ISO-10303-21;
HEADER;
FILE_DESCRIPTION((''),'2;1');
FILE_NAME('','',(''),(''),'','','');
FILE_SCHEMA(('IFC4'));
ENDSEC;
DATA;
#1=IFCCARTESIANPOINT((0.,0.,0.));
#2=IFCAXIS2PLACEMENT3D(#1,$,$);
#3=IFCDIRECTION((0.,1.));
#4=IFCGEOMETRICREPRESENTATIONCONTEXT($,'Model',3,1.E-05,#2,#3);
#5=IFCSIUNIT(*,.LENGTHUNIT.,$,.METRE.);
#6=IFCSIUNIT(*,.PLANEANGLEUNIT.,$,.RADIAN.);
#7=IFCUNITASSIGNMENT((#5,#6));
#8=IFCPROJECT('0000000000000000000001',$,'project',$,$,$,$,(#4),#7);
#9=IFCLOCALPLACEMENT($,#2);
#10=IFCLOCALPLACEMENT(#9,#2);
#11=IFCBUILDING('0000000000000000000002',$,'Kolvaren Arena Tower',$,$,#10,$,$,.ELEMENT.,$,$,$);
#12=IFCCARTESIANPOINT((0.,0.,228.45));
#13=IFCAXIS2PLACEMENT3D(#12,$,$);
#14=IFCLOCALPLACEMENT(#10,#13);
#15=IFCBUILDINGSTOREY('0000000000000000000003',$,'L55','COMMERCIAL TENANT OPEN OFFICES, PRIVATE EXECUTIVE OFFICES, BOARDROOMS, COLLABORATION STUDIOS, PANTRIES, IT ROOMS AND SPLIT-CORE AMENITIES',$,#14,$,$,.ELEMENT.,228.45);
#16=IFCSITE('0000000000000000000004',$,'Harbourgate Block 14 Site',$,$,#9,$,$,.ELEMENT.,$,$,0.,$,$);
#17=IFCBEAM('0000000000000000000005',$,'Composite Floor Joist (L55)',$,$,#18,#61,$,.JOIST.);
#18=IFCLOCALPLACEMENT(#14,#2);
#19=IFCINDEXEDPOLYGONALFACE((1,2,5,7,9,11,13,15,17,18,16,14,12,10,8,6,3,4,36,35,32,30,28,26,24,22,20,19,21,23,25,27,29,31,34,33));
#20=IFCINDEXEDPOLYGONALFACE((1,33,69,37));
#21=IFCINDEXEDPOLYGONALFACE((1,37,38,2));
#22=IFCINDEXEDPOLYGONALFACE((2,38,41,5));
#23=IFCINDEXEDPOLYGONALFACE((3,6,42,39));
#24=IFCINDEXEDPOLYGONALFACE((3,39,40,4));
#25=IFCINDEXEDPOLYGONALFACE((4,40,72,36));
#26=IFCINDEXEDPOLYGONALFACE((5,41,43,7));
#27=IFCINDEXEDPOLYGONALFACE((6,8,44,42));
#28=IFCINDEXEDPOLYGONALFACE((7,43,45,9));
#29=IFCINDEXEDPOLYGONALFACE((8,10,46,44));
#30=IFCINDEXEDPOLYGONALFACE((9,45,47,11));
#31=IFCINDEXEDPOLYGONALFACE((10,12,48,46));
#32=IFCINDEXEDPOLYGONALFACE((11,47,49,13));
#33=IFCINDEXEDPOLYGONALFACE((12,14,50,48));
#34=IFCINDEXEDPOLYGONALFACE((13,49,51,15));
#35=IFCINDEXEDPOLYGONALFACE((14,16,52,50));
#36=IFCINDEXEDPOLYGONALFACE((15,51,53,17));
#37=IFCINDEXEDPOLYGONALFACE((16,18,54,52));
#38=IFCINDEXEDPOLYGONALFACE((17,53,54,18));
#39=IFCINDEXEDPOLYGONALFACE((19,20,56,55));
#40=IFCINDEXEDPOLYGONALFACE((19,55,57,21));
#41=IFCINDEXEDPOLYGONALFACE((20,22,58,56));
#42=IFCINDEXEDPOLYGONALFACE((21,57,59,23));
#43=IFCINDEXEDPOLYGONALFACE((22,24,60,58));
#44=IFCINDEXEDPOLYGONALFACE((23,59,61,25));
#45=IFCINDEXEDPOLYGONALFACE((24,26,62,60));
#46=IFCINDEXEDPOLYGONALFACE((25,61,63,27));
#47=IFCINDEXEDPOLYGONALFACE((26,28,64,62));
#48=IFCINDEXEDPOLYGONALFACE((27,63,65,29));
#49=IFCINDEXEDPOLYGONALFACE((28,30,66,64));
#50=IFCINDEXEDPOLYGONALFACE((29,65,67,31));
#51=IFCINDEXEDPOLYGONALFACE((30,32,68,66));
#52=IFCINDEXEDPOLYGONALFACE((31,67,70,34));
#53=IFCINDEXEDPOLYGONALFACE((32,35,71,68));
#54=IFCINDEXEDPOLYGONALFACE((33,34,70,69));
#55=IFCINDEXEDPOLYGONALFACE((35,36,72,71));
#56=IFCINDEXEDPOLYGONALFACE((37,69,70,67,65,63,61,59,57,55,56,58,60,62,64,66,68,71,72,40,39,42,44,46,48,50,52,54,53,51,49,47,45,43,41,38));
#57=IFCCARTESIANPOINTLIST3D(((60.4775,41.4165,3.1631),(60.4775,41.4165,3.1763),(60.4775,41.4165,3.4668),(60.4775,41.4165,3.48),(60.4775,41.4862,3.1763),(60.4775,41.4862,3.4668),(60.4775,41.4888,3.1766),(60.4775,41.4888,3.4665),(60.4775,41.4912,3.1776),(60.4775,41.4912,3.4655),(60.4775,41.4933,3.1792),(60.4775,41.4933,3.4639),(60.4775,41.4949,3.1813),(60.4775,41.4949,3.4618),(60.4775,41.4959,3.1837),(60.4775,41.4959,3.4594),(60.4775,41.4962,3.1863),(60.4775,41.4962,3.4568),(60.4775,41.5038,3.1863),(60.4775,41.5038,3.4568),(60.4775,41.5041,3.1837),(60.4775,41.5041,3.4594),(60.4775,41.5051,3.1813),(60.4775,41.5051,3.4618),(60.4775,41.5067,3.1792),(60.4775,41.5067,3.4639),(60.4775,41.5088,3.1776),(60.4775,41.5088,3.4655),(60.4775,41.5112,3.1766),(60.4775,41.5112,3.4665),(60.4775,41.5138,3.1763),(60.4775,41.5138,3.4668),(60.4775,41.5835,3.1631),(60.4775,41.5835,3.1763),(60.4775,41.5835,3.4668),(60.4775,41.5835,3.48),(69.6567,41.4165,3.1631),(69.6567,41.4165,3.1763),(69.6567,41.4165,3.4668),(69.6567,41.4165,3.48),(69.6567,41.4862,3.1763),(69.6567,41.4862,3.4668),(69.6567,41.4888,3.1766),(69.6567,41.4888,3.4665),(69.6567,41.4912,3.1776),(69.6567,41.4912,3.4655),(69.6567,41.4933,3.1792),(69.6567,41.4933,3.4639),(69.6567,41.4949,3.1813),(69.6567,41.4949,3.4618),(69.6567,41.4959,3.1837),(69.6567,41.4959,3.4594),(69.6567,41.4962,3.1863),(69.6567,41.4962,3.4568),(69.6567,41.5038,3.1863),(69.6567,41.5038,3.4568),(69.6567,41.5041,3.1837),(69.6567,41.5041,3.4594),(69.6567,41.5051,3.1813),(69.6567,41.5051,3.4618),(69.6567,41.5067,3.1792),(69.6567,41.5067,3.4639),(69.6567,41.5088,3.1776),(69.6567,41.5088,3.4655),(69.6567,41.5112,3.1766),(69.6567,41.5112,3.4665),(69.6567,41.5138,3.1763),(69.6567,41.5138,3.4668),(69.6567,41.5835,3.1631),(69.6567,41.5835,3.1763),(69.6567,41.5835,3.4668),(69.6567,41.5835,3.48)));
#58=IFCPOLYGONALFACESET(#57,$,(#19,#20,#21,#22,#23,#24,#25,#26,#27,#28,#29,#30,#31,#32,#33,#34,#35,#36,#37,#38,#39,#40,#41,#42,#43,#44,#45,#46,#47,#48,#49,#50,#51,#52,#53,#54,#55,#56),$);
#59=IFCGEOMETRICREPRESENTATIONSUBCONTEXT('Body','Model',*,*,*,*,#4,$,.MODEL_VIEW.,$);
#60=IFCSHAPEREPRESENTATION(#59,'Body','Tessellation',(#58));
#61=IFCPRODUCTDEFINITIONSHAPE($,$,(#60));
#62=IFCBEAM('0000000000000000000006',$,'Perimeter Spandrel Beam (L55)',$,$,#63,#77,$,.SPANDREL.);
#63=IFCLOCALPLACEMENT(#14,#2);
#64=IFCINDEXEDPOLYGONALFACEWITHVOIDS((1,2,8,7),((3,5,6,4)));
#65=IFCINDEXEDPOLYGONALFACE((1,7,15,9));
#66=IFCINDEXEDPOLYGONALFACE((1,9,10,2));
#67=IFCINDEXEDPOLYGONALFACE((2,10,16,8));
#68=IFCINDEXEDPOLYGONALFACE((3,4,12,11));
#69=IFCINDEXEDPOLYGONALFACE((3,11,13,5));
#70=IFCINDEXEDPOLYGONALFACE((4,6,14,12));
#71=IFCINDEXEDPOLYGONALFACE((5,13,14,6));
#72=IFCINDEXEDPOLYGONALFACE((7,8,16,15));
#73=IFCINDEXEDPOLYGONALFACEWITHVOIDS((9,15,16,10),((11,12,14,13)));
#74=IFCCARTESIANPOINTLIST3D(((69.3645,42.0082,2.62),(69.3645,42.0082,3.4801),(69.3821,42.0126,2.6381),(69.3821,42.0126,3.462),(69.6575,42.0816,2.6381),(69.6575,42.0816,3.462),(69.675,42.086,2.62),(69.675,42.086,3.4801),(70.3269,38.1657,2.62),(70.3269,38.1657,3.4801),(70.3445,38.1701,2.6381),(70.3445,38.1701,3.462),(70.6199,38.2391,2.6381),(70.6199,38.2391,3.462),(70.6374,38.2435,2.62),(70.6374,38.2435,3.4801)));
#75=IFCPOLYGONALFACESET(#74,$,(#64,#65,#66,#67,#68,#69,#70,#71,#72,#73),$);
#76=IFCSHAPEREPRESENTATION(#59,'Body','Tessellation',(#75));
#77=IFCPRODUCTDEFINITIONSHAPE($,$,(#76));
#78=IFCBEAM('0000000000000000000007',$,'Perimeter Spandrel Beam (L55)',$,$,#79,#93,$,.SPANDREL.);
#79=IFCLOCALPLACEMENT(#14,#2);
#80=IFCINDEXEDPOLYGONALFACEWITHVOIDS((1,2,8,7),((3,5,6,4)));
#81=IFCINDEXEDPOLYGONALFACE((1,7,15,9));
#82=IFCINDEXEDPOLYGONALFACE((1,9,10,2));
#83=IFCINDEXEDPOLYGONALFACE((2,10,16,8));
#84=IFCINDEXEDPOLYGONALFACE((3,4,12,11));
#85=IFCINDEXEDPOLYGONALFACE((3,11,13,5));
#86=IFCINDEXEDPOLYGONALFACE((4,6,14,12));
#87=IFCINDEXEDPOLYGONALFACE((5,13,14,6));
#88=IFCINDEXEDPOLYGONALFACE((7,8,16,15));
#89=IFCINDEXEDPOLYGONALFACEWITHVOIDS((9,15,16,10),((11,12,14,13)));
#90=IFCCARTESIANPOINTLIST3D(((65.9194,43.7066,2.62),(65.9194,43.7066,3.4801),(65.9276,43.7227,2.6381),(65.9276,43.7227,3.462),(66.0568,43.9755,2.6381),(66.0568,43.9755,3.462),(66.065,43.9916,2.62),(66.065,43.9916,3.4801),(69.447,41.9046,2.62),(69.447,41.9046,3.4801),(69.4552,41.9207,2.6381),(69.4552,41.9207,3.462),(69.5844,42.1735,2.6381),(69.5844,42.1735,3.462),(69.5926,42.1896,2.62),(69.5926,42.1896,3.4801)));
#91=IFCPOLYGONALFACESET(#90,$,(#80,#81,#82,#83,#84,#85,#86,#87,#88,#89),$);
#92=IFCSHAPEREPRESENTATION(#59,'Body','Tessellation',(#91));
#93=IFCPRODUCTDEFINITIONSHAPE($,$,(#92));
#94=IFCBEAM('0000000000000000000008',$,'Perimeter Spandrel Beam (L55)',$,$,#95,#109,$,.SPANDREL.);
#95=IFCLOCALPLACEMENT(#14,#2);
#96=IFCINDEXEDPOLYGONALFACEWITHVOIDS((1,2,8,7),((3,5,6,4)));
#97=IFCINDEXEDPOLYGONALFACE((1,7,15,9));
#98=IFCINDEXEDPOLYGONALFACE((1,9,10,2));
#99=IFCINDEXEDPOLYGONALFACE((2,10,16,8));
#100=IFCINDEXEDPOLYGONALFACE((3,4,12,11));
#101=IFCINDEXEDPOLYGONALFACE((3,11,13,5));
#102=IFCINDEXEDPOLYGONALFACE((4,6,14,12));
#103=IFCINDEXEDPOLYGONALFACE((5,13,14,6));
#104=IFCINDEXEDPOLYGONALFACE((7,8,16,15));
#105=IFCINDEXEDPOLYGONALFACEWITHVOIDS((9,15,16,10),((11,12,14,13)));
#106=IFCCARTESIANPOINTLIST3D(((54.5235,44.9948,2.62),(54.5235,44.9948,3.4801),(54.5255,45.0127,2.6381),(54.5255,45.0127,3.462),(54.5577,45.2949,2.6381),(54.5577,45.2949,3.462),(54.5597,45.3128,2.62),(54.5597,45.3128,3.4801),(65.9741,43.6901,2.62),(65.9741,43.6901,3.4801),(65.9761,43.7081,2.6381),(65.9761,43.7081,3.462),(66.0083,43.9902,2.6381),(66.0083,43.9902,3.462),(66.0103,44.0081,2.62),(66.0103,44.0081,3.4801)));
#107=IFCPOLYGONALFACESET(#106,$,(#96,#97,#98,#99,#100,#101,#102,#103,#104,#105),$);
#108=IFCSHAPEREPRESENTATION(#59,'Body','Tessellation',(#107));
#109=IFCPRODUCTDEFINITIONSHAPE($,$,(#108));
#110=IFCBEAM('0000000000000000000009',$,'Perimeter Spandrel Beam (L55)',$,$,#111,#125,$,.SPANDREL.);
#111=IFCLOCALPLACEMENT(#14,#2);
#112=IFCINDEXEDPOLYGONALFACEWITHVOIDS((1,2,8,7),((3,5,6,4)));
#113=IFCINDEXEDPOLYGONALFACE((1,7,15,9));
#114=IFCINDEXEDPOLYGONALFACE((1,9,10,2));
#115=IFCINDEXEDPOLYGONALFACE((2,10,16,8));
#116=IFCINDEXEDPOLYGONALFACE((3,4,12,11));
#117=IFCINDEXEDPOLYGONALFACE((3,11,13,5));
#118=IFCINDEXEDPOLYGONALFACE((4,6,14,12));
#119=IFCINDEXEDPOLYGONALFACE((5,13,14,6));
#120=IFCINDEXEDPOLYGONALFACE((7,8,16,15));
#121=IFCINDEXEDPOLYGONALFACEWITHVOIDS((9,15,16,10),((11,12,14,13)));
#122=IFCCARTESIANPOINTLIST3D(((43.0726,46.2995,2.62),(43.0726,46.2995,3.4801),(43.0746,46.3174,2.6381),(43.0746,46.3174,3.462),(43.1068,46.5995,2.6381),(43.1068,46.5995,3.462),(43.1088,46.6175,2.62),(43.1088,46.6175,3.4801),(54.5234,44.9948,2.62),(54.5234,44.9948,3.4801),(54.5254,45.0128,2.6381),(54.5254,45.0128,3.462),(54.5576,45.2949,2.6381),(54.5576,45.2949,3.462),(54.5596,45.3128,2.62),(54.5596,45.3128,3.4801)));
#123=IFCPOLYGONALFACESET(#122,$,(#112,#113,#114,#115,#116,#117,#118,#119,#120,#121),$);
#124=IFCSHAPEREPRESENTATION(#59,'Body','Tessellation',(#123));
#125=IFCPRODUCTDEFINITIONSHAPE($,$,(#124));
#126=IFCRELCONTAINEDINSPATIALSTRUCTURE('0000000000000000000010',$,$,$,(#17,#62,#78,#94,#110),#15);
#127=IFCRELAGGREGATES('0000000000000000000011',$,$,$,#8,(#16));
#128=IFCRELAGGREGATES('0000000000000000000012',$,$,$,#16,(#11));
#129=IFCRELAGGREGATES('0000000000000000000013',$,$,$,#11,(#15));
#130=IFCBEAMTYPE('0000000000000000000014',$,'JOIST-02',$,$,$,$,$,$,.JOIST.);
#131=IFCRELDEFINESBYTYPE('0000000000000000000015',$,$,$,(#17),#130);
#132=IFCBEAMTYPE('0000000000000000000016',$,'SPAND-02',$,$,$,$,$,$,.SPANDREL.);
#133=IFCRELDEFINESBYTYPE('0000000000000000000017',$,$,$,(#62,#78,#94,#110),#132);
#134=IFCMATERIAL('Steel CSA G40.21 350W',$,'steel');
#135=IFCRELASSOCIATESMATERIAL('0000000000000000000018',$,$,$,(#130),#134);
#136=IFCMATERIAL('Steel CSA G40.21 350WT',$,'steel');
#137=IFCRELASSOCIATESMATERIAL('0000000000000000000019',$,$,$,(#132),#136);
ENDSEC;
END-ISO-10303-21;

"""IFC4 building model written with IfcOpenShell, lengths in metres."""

from ifc_helpers import new_model, si_unit, direction, frame, origin, origin_2d, place, context, subcontext, project, spatial, hollow_rectangle, i_section, extrude, material, material_profile, profile_set, type_object, element, save


model = new_model("IFC4")

# Units and contexts
model_context = context("Model", 3, precision=1e-05, world=origin(), true_north=direction((0.0, 1.0)))
body_context = subcontext(model_context, "Body", "Model", "MODEL_VIEW")
ifc_project = project(units=[si_unit("LENGTHUNIT", "METRE"), si_unit("PLANEANGLEUNIT", "RADIAN")], contexts=[model_context])

# Site, building, storey
site_placement = place(None, origin())
site = spatial("IfcSite", under=ifc_project, at=site_placement, Name="Harbourgate Block 14 Site", CompositionType="ELEMENT", RefElevation=0.0)
building_placement = place(site_placement, origin())
building = spatial("IfcBuilding", under=site, at=building_placement, Name="Kolvaren Arena Tower", CompositionType="ELEMENT")
storey_placement = place(building_placement, frame((0.0, 0.0, 228.45)))
storey = spatial("IfcBuildingStorey", under=building, at=storey_placement, Name="L55", Description="COMMERCIAL TENANT OPEN OFFICES, PRIVATE EXECUTIVE OFFICES, BOARDROOMS, COLLABORATION STUDIOS, PANTRIES, IT ROOMS AND SPLIT-CORE AMENITIES", CompositionType="ELEMENT", Elevation=228.45)

# Beams
ifc_material_1 = material(Name="Steel CSA G40.21 350W", Category="steel")
ifc_material_profile_1 = material_profile(ifc_material_1, i_section(OverallWidth=0.167, OverallDepth=0.3169, WebThickness=0.0076, FlangeThickness=0.0132, FilletRadius=0.01, at=origin_2d()), Name="W310x52")
ifc_profile_set_1 = profile_set([ifc_material_profile_1], Name="Steel CSA G40.21 350W")
beam_type_1 = type_object("IfcBeamType", Name="JOIST-02", PredefinedType="JOIST", material=ifc_profile_set_1)
beam_1_placement = place(storey_placement, frame((60.4775, 41.5, 3.3215), z_axis=(1.0, 0.0, 0.0), x_axis=(0.0, 1.0, 0.0)))
element("IfcBeam", 1, at=beam_1_placement, inside=storey, type_object=beam_type_1, Name="Composite Floor Joist (L55)", PredefinedType="JOIST", context=body_context, shape_type="SweptSolid", body=[
    extrude(i_section(OverallWidth=0.167, OverallDepth=0.3169, WebThickness=0.0076, FlangeThickness=0.0132, FilletRadius=0.01, at=origin_2d()), origin(), (0.0, 0.0, 1.0), 9.1792),
])
ifc_material_2 = material(Name="Steel CSA G40.21 350WT", Category="steel")
ifc_material_profile_2 = material_profile(ifc_material_2, hollow_rectangle(XDim=0.3201, YDim=0.8601, WallThickness=0.0181, at=origin_2d()), Name="HSS 860x320x18")
ifc_profile_set_2 = profile_set([ifc_material_profile_2], Name="Steel CSA G40.21 350WT")
beam_type_2 = type_object("IfcBeamType", Name="SPAND-02", PredefinedType="SPANDREL", material=ifc_profile_set_2)
for number, where, z_axis, x_axis, name in (
    (2, (70.4822, 38.2046, 3.05), (-0.242956, 0.970037, 0.0), (-0.970037, -0.242956, 0.0), "Perimeter Spandrel Beam (L55)"),
    (3, (69.5198, 42.0471, 3.05), (-0.890536, 0.454913, 0.0), (-0.454913, -0.890536, 0.0), "Perimeter Spandrel Beam (L55)"),
):
    element("IfcBeam", number, at=place(storey_placement, frame(where, z_axis=z_axis, x_axis=x_axis)), inside=storey, type_object=beam_type_2, Name=name, PredefinedType="SPANDREL", context=body_context, shape_type="SweptSolid", body=[
        extrude(hollow_rectangle(XDim=0.3201, YDim=0.8601, WallThickness=0.0181, at=origin_2d()), origin(), (0.0, 0.0, 1.0), 3.9612),
    ])
beam_2_placement = place(storey_placement, frame((65.9922, 43.8491, 3.05), z_axis=(-0.993571, 0.113207, 0.0), x_axis=(-0.113207, -0.993571, 0.0)))
element("IfcBeam", 4, at=beam_2_placement, inside=storey, type_object=beam_type_2, Name="Perimeter Spandrel Beam (L55)", PredefinedType="SPANDREL", context=body_context, shape_type="SweptSolid", body=[
    extrude(hollow_rectangle(XDim=0.3201, YDim=0.8601, WallThickness=0.0181, at=origin_2d()), origin(), (0.0, 0.0, 1.0), 11.5247),
])
beam_3_placement = place(storey_placement, frame((54.5415, 45.1538, 3.05), z_axis=(-0.993572, 0.113205, 0.0), x_axis=(-0.113205, -0.993572, 0.0)))
element("IfcBeam", 5, at=beam_3_placement, inside=storey, type_object=beam_type_2, Name="Perimeter Spandrel Beam (L55)", PredefinedType="SPANDREL", context=body_context, shape_type="SweptSolid", body=[
    extrude(hollow_rectangle(XDim=0.3201, YDim=0.8601, WallThickness=0.0181, at=origin_2d()), origin(), (0.0, 0.0, 1.0), 11.5249),
])

save(model, "model.ifc")
